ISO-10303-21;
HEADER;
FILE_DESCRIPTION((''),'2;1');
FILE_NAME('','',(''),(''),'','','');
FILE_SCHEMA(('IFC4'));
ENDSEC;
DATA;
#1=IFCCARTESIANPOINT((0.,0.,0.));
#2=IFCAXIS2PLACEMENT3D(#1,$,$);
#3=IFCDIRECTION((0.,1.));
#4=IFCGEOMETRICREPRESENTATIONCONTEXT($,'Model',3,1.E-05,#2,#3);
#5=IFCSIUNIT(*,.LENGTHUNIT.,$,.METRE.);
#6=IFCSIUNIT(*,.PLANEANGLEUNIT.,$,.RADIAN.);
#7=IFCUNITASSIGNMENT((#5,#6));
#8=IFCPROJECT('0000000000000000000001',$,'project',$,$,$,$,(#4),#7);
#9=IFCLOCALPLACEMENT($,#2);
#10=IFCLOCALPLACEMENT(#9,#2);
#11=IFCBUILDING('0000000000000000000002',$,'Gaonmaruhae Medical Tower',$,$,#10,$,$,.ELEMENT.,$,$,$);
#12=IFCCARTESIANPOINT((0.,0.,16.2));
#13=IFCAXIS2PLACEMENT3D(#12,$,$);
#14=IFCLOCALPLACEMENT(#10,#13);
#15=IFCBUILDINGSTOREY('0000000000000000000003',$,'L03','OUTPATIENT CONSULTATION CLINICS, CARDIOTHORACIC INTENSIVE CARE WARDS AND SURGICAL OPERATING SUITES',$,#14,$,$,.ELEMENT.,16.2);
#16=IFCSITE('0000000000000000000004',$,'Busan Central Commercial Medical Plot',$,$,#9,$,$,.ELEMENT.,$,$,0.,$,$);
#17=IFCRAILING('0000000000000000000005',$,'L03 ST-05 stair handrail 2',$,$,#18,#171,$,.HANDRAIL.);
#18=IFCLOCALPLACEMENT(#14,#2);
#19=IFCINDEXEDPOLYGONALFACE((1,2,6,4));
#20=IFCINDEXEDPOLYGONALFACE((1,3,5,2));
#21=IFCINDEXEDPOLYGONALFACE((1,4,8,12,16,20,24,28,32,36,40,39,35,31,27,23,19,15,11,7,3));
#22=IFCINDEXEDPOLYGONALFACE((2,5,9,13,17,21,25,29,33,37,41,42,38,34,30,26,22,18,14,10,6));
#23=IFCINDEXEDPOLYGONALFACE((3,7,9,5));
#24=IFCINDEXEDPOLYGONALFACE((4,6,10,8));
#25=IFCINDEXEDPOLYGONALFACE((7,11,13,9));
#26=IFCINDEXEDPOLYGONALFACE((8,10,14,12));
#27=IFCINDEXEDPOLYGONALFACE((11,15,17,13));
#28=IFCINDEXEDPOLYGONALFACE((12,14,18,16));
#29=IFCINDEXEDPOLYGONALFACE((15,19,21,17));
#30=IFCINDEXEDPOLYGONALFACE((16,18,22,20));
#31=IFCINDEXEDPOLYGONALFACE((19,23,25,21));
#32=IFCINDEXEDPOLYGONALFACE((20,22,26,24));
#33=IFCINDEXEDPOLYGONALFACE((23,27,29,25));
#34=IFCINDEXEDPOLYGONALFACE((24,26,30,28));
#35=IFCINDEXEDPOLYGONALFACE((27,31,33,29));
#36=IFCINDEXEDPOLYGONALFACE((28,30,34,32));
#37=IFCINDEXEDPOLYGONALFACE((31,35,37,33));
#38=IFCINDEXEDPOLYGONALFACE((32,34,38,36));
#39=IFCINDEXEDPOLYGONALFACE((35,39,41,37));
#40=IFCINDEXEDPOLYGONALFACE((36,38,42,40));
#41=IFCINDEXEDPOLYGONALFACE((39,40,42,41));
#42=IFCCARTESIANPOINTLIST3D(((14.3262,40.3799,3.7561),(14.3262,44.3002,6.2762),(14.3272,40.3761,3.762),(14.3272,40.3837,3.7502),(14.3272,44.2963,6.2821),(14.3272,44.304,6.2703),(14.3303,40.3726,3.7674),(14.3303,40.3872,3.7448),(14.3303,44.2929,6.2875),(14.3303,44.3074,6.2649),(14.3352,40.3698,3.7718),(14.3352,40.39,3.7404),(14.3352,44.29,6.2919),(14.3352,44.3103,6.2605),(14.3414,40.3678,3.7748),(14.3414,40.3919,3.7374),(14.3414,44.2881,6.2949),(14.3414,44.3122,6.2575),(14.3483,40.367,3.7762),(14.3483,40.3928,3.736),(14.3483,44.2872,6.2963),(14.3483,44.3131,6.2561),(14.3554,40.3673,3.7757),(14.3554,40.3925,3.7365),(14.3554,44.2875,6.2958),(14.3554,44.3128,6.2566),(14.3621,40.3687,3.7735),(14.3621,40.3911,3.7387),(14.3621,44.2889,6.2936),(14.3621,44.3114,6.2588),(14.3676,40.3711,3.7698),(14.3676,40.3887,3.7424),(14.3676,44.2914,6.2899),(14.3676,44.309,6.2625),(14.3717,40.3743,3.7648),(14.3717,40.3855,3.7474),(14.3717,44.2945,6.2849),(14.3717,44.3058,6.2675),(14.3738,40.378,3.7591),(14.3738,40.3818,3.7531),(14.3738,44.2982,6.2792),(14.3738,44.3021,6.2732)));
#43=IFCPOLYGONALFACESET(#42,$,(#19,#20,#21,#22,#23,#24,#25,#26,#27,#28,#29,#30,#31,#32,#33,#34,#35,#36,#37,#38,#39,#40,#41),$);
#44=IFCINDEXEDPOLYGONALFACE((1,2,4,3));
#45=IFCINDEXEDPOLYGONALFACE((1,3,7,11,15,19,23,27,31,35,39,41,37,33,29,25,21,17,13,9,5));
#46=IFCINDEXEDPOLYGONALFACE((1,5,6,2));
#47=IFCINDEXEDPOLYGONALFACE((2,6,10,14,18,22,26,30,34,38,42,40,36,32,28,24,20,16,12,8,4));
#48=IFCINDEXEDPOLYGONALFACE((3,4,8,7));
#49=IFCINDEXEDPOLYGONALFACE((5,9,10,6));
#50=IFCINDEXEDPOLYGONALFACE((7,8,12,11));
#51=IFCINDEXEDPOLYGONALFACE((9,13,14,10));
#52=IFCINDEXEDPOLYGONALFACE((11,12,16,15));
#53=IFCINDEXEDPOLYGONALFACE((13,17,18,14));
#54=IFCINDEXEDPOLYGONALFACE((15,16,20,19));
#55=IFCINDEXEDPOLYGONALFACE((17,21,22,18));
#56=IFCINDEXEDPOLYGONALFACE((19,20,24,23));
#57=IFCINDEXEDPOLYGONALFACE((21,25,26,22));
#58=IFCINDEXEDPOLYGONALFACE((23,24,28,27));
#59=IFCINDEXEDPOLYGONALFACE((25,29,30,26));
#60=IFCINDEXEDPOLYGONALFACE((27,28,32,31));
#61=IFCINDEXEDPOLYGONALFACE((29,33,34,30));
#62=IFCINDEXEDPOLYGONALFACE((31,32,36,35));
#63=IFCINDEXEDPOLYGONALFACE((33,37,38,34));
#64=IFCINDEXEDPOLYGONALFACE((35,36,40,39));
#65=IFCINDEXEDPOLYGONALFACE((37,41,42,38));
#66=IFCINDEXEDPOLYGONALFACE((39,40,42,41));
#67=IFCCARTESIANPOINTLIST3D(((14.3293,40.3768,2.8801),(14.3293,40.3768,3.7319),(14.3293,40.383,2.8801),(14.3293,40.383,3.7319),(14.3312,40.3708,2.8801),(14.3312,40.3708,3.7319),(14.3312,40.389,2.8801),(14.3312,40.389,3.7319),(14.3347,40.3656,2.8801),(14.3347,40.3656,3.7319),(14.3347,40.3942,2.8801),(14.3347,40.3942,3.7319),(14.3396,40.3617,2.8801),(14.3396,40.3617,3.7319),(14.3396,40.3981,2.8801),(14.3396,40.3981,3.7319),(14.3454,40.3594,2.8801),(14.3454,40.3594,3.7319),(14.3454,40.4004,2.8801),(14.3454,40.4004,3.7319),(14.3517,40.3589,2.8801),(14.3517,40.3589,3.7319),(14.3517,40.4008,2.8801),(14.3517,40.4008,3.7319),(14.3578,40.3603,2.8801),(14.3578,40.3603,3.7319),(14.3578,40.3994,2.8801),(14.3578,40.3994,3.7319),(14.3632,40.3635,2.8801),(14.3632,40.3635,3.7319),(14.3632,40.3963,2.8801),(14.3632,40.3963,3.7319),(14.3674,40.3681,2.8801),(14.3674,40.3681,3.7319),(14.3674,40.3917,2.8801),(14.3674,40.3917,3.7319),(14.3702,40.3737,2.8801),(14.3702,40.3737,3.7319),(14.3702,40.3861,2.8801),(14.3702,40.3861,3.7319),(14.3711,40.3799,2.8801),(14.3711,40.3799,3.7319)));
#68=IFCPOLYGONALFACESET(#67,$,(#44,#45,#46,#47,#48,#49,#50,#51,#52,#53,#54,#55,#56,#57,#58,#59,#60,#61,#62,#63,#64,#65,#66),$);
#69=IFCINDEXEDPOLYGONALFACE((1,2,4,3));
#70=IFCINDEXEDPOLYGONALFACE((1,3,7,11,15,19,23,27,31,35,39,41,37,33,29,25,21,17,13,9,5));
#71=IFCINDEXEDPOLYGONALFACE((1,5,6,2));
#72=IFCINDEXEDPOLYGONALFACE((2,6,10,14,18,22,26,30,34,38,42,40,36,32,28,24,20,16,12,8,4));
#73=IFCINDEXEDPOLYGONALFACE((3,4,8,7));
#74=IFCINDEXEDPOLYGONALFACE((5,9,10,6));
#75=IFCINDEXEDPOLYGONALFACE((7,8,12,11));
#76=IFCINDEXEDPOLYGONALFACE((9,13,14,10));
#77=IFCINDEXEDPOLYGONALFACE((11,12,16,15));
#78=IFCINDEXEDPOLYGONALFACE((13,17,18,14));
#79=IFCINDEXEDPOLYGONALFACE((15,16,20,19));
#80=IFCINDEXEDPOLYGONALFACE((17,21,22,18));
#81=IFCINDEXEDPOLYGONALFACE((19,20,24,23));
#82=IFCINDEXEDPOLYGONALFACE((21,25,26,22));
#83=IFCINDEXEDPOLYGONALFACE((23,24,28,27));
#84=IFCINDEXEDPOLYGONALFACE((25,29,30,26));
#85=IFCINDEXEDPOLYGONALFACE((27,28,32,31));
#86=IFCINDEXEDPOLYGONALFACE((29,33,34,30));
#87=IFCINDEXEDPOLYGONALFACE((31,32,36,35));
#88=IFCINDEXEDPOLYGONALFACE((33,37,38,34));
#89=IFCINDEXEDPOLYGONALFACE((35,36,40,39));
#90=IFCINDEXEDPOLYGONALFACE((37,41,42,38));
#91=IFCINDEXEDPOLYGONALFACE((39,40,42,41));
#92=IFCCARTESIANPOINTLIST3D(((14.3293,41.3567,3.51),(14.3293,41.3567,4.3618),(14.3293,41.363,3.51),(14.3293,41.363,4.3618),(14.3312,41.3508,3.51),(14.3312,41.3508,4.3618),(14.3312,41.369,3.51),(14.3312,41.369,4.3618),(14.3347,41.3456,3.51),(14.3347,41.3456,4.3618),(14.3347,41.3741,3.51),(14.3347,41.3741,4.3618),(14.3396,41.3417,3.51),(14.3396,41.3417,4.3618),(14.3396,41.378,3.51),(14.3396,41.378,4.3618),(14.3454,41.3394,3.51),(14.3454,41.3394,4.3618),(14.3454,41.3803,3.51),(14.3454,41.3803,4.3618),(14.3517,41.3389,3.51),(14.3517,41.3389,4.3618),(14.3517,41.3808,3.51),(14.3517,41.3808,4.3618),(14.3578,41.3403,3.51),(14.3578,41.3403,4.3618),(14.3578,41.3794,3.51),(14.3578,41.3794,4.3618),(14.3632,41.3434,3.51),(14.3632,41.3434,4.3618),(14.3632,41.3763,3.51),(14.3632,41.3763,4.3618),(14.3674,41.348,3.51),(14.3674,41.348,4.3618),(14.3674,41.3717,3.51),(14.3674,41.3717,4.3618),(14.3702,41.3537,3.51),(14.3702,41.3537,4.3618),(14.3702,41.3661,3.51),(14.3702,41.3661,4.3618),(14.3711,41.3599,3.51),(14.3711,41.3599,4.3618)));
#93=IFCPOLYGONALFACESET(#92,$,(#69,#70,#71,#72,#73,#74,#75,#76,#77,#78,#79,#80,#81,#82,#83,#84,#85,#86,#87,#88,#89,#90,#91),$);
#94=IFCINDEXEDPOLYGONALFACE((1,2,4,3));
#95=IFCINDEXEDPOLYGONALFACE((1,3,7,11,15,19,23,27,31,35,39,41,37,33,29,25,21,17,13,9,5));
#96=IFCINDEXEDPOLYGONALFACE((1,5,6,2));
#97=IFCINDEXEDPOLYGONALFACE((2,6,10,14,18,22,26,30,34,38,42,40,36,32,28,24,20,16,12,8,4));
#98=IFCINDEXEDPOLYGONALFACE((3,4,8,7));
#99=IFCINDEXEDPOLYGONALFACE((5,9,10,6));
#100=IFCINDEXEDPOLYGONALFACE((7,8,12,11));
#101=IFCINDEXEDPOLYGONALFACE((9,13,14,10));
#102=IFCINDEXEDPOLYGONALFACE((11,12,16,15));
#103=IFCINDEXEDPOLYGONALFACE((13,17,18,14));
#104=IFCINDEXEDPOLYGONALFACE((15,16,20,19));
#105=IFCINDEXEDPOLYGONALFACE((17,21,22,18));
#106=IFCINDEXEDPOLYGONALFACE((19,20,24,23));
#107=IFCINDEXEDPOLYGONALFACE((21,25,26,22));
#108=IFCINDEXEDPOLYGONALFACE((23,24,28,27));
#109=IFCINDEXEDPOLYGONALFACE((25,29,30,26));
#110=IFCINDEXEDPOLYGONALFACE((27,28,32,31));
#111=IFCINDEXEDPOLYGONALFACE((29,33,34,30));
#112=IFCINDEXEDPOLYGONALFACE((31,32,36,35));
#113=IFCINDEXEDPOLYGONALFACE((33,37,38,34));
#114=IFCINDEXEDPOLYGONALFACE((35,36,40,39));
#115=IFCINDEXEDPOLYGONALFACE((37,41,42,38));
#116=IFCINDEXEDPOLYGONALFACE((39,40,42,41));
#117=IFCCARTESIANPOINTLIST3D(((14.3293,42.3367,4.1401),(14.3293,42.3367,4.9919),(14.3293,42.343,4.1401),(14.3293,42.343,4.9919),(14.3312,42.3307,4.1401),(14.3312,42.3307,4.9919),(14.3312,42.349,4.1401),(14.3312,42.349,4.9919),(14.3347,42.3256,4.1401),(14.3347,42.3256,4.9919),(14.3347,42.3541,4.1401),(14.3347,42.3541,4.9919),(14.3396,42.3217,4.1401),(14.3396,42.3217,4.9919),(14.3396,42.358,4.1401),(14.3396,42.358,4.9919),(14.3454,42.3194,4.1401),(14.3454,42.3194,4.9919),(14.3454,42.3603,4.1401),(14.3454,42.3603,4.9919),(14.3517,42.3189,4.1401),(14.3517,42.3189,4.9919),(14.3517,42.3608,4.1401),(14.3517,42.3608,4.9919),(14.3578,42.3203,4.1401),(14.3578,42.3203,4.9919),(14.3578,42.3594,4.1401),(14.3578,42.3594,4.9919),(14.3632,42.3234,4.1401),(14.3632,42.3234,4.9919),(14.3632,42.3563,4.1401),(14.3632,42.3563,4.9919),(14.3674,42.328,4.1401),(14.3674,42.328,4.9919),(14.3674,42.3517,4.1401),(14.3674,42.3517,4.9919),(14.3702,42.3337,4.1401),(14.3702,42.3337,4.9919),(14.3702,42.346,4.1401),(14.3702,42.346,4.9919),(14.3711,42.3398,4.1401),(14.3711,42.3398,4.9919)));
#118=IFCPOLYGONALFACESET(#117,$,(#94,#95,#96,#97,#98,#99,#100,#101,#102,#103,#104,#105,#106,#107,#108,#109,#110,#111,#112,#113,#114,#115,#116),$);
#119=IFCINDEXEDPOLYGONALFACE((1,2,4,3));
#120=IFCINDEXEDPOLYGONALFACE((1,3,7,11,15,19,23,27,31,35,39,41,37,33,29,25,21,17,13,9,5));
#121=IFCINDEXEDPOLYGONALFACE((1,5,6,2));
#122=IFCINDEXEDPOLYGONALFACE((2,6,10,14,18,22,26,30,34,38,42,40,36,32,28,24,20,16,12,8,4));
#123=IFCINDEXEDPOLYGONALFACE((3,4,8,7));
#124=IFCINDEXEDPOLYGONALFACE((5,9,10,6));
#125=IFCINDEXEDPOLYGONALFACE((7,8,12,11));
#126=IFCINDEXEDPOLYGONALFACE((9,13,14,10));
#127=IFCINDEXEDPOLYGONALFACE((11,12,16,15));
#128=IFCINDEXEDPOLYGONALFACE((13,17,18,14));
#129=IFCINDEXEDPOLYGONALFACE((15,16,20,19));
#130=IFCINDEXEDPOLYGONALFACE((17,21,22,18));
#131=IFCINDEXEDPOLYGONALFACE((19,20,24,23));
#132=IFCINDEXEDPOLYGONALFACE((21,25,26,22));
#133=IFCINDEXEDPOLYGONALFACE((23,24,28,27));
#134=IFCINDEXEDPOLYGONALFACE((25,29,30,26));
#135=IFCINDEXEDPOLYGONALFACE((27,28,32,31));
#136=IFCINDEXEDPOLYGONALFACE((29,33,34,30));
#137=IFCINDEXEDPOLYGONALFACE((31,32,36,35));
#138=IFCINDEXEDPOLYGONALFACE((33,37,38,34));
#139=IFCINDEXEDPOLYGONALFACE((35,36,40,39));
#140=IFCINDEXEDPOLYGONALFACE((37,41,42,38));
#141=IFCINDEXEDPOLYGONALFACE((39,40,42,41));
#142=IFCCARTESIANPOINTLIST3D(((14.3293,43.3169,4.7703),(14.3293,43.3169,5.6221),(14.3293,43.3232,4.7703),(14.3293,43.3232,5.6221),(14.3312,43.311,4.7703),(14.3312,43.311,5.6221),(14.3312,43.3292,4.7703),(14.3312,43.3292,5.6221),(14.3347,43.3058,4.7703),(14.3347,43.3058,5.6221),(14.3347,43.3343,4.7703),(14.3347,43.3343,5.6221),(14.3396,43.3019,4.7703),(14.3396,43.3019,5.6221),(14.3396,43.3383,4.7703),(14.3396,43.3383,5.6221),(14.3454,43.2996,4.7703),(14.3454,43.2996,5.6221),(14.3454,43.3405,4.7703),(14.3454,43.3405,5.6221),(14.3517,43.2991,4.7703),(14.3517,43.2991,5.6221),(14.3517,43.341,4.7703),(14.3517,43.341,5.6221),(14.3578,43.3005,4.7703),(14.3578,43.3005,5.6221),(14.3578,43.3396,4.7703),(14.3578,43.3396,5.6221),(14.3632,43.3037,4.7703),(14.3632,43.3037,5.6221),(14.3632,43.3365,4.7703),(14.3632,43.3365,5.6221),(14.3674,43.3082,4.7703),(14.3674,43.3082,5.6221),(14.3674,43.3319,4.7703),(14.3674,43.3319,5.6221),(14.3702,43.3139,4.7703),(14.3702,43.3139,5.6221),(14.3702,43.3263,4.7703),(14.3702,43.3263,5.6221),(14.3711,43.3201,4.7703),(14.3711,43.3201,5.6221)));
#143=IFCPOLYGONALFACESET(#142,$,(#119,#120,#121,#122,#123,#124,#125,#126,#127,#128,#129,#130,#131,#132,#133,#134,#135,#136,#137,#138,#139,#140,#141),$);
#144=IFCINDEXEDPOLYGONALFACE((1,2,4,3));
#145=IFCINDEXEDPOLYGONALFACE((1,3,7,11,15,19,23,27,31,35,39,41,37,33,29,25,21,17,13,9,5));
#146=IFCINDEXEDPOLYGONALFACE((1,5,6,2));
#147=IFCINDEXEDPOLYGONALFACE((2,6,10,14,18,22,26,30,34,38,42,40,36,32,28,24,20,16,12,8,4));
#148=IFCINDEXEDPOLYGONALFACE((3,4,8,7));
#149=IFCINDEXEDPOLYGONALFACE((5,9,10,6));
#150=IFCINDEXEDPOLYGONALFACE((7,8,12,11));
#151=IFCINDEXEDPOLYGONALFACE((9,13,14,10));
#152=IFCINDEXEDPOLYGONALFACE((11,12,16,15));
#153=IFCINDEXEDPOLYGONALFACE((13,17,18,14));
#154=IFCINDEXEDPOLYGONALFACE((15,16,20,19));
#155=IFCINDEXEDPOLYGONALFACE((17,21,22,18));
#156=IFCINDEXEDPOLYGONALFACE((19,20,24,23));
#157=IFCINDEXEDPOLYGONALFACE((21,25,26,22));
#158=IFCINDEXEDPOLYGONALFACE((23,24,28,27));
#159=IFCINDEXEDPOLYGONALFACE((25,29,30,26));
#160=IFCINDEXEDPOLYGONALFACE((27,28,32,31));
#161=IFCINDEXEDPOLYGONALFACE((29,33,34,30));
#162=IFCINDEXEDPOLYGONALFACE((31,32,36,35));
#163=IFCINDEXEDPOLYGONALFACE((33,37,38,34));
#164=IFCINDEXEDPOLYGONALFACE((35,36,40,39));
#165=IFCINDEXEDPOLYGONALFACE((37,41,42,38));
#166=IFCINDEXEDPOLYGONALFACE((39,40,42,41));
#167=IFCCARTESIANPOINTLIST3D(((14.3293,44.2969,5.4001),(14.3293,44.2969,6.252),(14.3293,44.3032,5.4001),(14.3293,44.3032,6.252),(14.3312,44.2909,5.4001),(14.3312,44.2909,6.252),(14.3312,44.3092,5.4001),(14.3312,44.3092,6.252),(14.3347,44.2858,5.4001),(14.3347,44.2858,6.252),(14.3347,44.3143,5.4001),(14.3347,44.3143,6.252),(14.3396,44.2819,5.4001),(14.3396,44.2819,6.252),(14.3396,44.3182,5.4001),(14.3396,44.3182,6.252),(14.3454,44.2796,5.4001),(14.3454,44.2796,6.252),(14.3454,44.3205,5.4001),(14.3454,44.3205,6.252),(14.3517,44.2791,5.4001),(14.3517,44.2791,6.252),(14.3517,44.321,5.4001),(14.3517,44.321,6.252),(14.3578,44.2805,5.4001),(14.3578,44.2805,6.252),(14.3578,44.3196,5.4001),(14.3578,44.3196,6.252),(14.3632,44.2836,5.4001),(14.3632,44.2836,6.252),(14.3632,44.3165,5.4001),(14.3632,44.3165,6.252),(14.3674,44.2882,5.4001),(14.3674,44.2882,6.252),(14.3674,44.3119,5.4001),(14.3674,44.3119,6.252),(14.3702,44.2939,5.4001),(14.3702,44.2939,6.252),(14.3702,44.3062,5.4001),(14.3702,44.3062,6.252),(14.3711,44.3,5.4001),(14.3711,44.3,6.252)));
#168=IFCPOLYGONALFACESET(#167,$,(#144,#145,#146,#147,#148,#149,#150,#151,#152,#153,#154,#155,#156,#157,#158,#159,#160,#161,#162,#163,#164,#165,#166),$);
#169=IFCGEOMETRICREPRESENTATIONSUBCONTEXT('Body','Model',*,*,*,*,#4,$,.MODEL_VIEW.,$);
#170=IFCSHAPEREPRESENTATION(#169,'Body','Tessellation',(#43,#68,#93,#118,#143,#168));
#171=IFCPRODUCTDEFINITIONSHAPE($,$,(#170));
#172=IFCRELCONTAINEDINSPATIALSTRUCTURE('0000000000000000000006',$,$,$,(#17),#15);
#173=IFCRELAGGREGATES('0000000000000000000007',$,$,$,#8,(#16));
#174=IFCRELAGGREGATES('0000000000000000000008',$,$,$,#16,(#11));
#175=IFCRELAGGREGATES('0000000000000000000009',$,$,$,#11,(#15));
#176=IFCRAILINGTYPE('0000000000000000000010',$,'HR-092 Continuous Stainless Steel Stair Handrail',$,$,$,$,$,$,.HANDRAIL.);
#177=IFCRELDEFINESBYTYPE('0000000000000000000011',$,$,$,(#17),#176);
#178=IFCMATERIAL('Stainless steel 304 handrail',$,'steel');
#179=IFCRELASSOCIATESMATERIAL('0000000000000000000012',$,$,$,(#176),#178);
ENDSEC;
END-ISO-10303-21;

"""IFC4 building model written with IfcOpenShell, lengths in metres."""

from ifc_helpers import new_model, si_unit, direction, frame, origin, origin_2d, place, context, subcontext, project, spatial, circle, extrude, material, type_object, element, save


model = new_model("IFC4")

# Units and contexts
model_context = context("Model", 3, precision=1e-05, world=origin(), true_north=direction((0.0, 1.0)))
body_context = subcontext(model_context, "Body", "Model", "MODEL_VIEW")
ifc_project = project(units=[si_unit("LENGTHUNIT", "METRE"), si_unit("PLANEANGLEUNIT", "RADIAN")], contexts=[model_context])

# Site, building, storey
site_placement = place(None, origin())
site = spatial("IfcSite", under=ifc_project, at=site_placement, Name="Busan Central Commercial Medical Plot", CompositionType="ELEMENT", RefElevation=0.0)
building_placement = place(site_placement, origin())
building = spatial("IfcBuilding", under=site, at=building_placement, Name="Gaonmaruhae Medical Tower", CompositionType="ELEMENT")
storey_placement = place(building_placement, frame((0.0, 0.0, 16.2)))
storey = spatial("IfcBuildingStorey", under=building, at=storey_placement, Name="L03", Description="OUTPATIENT CONSULTATION CLINICS, CARDIOTHORACIC INTENSIVE CARE WARDS AND SURGICAL OPERATING SUITES", CompositionType="ELEMENT", Elevation=16.2)

# Railing
ifc_material_1 = material(Name="Stainless steel 304 handrail", Category="steel")
railing_type_1 = type_object("IfcRailingType", Name="HR-092 Continuous Stainless Steel Stair Handrail", PredefinedType="HANDRAIL", material=ifc_material_1)
railing_1_placement = place(storey_placement, frame((14.3501, 40.3799, 2.8801)))
element("IfcRailing", 1, at=railing_1_placement, inside=storey, type_object=railing_type_1, Name="L03 ST-05 stair handrail 2", PredefinedType="HANDRAIL", context=body_context, shape_type="SweptSolid", body=[
    extrude(circle(Radius=0.0239, at=origin_2d()), frame((0.0, 0.0, 0.876), z_axis=(0.0, 0.841187, 0.540744), x_axis=(-1.0, 0.0, 0.0)), (0.0, 0.0, 1.0), 4.6604),
    extrude(circle(Radius=0.021, at=origin_2d()), origin(), (0.0, 0.0, 1.0), 0.8518),
    extrude(circle(Radius=0.021, at=origin_2d()), frame((0.0, 0.98, 0.6299)), (0.0, 0.0, 1.0), 0.8518),
    extrude(circle(Radius=0.021, at=origin_2d()), frame((0.0, 1.96, 1.26)), (0.0, 0.0, 1.0), 0.8518),
    extrude(circle(Radius=0.021, at=origin_2d()), frame((0.0, 2.9402, 1.8901)), (0.0, 0.0, 1.0), 0.8518),
    extrude(circle(Radius=0.021, at=origin_2d()), frame((0.0, 3.9202, 2.52)), (0.0, 0.0, 1.0), 0.8518),
])

save(model, "model.ifc")
